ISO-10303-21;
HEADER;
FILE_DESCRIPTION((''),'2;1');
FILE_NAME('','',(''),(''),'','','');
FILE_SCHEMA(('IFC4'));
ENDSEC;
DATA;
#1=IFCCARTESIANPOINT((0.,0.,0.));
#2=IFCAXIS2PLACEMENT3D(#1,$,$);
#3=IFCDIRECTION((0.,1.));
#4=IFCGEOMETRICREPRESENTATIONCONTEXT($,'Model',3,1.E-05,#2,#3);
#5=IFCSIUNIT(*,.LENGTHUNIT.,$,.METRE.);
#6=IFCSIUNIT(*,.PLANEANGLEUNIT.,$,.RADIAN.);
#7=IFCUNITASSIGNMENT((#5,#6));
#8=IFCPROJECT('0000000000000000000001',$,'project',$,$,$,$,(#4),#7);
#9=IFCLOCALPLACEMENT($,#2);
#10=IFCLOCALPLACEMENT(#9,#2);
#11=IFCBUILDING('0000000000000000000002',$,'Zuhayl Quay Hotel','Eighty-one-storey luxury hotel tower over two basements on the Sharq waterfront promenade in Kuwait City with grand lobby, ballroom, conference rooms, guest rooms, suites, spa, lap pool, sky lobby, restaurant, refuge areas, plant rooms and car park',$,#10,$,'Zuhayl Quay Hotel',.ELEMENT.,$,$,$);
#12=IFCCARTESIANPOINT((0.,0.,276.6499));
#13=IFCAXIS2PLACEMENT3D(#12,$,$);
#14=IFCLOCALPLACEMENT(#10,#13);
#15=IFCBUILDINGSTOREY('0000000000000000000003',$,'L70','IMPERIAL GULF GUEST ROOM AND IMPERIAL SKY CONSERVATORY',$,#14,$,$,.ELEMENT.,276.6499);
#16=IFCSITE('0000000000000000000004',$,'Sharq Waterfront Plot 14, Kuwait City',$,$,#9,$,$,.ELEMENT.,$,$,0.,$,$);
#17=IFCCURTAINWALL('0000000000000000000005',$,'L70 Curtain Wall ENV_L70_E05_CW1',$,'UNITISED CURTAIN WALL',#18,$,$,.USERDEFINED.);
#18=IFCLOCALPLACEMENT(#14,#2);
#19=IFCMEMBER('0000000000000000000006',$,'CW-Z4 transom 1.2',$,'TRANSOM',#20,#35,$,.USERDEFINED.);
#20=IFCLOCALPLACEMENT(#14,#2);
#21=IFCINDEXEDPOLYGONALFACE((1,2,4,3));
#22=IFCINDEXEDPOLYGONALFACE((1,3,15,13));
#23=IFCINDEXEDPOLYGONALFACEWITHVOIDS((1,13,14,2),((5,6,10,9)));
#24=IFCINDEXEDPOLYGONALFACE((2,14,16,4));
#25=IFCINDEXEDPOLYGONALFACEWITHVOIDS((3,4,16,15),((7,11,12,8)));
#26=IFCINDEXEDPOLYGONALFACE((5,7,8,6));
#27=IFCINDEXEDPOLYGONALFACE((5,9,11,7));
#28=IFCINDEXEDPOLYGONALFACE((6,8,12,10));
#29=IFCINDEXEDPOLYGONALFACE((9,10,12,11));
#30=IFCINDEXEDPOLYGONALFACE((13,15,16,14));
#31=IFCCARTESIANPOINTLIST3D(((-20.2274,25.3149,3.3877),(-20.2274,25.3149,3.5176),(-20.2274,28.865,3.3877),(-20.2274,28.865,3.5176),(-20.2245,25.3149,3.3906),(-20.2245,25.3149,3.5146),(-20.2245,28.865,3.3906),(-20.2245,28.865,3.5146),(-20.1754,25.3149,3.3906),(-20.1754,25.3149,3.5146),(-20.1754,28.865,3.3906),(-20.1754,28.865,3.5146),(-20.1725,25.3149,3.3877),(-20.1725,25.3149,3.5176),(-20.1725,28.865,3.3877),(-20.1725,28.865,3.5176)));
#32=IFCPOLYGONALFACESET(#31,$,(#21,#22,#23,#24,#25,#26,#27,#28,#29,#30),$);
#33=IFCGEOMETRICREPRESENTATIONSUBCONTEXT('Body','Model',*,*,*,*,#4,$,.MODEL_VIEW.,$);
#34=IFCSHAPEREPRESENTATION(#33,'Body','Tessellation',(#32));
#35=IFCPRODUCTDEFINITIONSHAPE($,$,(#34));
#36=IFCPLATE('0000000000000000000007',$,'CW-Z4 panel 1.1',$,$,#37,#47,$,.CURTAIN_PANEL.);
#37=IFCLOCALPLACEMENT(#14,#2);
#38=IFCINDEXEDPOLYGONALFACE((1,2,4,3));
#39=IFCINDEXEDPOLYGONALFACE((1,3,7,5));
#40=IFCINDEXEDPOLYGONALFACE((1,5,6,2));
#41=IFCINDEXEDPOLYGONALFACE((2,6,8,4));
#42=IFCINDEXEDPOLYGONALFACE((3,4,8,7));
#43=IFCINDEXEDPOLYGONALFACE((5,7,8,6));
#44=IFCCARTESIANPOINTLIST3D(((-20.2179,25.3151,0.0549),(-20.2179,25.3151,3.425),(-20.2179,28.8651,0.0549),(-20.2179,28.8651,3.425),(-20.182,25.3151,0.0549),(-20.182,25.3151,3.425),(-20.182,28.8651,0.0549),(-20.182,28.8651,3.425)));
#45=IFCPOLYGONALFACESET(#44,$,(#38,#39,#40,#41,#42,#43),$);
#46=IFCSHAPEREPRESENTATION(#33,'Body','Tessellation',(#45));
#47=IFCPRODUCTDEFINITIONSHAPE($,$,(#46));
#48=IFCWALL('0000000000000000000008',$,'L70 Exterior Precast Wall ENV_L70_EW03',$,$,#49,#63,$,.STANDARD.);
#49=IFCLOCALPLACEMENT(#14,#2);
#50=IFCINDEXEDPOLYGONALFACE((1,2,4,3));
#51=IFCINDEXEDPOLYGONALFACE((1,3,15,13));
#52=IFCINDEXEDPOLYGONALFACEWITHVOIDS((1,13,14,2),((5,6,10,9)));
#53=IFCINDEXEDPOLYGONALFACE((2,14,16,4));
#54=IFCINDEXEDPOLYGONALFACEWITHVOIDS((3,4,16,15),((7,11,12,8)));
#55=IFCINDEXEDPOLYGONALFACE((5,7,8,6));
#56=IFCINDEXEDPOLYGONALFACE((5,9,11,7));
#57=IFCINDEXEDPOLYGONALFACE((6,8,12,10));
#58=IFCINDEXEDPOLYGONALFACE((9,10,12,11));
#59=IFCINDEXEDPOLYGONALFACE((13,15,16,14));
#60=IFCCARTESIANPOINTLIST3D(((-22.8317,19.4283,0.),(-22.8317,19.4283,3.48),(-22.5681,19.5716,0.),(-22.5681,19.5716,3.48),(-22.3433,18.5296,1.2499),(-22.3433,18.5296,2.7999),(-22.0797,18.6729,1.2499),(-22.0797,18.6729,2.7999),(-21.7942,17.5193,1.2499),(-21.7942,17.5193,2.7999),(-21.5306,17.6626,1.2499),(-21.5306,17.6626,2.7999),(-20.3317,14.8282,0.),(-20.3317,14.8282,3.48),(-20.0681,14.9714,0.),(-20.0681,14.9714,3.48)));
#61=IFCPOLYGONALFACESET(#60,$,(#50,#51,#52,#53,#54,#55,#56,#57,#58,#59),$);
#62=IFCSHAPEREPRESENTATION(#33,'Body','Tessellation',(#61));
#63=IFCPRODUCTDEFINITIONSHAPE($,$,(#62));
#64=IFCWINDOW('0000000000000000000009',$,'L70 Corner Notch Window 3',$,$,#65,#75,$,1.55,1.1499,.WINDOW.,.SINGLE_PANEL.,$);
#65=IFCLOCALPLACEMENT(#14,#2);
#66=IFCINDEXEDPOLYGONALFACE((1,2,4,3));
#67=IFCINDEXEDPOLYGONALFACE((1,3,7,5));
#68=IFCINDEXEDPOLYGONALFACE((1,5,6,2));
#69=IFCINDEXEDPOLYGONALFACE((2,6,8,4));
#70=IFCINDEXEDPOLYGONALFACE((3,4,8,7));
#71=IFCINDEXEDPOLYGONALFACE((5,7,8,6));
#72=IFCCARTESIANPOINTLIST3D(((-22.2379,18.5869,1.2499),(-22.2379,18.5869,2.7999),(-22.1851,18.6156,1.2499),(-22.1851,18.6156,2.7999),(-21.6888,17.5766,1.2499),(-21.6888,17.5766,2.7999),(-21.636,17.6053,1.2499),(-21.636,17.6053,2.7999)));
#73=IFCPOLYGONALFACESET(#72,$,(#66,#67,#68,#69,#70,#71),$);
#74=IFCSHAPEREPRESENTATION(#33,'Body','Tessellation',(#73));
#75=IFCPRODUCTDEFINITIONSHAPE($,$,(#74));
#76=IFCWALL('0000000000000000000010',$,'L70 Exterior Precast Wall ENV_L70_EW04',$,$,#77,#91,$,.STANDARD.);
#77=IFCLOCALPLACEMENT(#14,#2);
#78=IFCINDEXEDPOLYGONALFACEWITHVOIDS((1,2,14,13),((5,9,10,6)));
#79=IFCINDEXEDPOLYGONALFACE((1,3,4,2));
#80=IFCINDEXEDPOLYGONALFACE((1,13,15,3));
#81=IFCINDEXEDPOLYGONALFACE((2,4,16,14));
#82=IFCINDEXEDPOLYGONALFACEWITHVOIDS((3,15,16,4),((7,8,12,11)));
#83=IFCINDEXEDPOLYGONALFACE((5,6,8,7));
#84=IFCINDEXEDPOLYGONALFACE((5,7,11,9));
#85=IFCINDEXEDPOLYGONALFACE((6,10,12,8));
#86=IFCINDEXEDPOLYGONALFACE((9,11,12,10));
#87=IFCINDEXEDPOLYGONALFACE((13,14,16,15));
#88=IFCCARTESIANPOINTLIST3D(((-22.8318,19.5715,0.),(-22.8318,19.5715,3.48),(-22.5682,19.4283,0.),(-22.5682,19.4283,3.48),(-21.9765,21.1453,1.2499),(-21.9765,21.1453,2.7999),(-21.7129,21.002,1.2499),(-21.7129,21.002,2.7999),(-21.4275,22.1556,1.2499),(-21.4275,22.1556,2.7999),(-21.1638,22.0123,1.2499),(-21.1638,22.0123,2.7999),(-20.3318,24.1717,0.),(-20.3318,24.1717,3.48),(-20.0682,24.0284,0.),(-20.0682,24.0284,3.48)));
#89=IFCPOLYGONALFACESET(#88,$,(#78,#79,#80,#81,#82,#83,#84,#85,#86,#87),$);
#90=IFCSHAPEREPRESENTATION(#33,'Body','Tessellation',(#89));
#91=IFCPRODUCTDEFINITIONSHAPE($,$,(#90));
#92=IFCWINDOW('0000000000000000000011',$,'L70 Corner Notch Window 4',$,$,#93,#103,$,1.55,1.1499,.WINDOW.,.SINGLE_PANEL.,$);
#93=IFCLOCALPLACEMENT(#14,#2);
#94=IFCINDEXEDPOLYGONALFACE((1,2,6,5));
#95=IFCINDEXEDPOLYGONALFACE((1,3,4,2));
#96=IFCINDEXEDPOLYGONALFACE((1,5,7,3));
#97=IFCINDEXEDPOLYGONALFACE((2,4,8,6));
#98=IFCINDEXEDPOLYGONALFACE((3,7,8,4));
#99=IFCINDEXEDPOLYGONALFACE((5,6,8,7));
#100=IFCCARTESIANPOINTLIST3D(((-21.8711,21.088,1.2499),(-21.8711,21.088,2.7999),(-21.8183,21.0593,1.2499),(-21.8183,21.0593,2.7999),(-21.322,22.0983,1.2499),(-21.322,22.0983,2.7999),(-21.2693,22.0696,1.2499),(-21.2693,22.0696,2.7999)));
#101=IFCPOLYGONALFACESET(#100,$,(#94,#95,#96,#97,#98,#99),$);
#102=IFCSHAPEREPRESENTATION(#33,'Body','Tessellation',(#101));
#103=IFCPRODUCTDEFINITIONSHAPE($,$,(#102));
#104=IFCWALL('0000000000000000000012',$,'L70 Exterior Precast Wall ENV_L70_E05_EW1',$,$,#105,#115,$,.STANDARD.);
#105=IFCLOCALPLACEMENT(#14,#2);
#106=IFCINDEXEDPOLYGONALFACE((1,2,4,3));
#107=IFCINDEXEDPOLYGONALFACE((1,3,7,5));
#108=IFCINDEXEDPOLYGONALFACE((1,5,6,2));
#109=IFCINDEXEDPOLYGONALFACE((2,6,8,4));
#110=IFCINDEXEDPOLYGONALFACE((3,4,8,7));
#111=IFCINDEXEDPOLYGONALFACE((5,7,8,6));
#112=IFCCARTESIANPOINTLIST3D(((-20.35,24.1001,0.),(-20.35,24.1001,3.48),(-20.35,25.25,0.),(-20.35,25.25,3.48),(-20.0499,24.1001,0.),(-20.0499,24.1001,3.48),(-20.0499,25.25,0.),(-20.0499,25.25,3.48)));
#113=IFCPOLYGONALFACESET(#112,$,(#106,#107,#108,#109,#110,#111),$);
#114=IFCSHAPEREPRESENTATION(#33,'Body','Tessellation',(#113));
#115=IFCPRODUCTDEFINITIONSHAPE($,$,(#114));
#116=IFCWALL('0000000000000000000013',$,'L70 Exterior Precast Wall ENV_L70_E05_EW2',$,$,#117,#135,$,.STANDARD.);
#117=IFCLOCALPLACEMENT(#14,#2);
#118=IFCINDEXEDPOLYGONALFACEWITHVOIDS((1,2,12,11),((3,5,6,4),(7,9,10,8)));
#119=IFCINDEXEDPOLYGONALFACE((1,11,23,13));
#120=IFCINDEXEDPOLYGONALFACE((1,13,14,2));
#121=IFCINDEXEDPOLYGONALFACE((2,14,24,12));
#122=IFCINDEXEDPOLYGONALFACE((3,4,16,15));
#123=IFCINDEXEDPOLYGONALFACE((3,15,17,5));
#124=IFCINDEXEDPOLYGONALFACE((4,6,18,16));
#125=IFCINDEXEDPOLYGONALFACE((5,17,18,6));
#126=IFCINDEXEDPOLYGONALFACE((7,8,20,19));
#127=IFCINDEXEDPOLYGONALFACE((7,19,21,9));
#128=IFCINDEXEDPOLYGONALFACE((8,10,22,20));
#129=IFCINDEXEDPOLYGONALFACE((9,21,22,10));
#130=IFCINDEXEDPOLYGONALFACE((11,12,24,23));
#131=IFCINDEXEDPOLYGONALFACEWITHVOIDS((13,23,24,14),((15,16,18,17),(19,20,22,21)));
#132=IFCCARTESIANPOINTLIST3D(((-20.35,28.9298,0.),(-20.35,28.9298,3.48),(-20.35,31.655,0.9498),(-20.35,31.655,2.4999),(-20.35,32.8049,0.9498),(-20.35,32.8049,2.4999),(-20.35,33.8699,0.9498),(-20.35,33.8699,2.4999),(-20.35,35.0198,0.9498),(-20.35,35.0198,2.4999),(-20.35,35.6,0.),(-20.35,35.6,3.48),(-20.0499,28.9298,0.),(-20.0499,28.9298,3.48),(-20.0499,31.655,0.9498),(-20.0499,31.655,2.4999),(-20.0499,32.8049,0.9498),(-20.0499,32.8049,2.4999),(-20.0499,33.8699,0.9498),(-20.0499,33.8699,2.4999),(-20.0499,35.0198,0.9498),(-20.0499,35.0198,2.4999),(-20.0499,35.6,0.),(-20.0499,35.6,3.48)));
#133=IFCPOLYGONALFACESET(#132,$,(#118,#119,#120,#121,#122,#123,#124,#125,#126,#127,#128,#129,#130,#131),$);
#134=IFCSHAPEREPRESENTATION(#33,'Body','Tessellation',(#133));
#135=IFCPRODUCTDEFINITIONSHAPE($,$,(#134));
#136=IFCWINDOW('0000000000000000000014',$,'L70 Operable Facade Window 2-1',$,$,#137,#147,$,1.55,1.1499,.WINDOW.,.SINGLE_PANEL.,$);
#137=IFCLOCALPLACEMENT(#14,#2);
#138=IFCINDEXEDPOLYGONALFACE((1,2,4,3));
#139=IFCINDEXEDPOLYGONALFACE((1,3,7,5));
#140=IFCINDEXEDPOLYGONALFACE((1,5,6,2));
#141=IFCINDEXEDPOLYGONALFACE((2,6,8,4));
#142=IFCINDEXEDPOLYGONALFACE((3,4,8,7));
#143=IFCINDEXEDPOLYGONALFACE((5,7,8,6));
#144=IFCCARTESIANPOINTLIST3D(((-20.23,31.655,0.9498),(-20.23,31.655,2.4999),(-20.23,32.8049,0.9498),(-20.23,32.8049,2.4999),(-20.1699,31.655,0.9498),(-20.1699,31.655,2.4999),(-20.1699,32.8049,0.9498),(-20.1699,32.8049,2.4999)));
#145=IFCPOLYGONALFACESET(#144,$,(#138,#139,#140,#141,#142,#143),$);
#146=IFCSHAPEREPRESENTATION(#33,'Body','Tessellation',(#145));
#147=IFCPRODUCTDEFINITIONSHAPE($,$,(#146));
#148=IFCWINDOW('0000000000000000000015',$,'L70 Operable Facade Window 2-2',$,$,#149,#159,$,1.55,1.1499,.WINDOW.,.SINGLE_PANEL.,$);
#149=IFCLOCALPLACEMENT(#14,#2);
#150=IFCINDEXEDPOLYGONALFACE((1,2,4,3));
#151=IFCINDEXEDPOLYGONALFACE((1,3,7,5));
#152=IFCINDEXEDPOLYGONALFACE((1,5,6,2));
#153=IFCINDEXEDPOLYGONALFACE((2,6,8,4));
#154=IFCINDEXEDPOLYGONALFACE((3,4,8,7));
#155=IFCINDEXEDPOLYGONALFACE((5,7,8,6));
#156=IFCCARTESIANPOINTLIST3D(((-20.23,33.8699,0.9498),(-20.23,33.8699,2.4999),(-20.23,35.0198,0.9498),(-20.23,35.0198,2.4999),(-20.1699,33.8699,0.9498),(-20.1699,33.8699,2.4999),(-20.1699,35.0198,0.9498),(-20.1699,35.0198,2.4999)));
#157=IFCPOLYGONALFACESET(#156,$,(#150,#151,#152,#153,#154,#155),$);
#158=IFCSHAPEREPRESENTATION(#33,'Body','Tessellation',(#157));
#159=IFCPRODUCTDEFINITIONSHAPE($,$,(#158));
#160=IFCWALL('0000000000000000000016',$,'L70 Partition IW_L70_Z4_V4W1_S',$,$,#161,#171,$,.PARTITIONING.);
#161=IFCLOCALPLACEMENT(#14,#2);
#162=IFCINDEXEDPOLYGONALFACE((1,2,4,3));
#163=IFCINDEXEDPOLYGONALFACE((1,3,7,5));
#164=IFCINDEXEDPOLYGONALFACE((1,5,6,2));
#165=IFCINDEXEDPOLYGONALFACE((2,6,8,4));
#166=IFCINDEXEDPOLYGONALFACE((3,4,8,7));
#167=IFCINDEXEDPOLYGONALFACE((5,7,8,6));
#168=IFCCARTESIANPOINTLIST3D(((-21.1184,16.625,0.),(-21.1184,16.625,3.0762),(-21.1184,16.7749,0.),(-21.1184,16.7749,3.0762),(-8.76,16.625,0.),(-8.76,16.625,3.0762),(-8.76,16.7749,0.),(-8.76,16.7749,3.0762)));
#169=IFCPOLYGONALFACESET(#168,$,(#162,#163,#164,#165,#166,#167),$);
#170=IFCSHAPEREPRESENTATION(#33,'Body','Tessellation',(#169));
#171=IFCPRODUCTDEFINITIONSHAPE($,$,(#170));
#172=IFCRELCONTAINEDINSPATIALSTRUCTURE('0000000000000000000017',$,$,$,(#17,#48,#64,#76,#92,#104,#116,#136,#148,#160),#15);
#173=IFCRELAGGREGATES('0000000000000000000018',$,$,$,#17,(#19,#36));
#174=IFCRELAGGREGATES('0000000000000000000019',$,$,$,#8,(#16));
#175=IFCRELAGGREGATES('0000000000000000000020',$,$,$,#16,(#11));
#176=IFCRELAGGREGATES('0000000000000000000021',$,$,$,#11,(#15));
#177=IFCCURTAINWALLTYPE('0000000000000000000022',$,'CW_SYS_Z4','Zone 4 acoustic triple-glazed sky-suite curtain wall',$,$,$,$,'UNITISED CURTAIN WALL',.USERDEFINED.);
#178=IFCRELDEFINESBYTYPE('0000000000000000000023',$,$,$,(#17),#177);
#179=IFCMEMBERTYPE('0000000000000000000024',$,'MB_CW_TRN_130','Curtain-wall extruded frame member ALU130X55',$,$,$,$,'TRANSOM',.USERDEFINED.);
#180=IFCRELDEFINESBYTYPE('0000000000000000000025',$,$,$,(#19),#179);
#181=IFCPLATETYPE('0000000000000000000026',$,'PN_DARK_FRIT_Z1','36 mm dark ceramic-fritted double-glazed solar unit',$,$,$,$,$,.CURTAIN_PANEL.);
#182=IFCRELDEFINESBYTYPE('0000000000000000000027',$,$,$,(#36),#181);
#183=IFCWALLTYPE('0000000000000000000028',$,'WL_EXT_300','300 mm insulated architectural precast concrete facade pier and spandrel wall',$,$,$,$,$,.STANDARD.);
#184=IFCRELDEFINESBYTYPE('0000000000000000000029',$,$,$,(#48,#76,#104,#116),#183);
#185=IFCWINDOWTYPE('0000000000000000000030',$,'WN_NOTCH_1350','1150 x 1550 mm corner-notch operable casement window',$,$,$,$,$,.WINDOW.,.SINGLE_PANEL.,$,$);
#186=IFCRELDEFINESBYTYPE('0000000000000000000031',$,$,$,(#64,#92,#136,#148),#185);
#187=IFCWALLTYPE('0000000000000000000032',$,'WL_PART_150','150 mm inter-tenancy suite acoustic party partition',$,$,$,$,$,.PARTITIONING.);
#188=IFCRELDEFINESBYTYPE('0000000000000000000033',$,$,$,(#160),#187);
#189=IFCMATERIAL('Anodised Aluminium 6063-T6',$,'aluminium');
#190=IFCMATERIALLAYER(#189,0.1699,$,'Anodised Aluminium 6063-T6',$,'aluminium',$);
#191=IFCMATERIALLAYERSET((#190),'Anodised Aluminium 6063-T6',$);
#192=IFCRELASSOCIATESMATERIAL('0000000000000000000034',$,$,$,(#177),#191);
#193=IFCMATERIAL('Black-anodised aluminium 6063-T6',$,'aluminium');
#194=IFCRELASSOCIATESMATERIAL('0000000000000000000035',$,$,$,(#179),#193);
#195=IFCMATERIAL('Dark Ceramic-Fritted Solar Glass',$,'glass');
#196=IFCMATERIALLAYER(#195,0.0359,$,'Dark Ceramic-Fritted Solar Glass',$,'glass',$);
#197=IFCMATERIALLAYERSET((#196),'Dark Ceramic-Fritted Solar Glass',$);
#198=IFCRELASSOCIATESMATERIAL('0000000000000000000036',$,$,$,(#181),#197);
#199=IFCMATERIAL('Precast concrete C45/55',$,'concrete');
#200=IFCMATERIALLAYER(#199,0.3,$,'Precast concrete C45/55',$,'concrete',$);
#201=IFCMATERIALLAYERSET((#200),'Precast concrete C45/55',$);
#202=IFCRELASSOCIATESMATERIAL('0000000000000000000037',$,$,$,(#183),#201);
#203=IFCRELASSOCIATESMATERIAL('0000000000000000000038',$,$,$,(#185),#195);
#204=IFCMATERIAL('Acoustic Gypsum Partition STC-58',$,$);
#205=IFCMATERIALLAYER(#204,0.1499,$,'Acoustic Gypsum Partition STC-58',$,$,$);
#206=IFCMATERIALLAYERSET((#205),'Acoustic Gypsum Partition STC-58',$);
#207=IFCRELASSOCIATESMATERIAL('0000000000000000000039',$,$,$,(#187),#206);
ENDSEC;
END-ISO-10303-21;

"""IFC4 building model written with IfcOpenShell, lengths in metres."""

from ifc_helpers import new_model, si_unit, direction, frame, frame_2d, origin, origin_2d, place, context, subcontext, project, spatial, rectangle, hollow_rectangle, extrude, material, layer, layer_set, material_profile, profile_set, type_object, element, fill, aggregate, save


model = new_model("IFC4")

# Units and contexts
model_context = context("Model", 3, precision=1e-05, world=origin(), true_north=direction((0.0, 1.0)))
body_context = subcontext(model_context, "Body", "Model", "MODEL_VIEW")
ifc_project = project(units=[si_unit("LENGTHUNIT", "METRE"), si_unit("PLANEANGLEUNIT", "RADIAN")], contexts=[model_context])

# Site, building, storey
site_placement = place(None, origin())
site = spatial("IfcSite", under=ifc_project, at=site_placement, Name="Sharq Waterfront Plot 14, Kuwait City", CompositionType="ELEMENT", RefElevation=0.0)
building_placement = place(site_placement, origin())
building = spatial("IfcBuilding", under=site, at=building_placement, Name="Zuhayl Quay Hotel", Description="Eighty-one-storey luxury hotel tower over two basements on the Sharq waterfront promenade in Kuwait City with grand lobby, ballroom, conference rooms, guest rooms, suites, spa, lap pool, sky lobby, restaurant, refuge areas, plant rooms and car park", LongName="Zuhayl Quay Hotel", CompositionType="ELEMENT")
storey_placement = place(building_placement, frame((0.0, 0.0, 276.6499)))
storey = spatial("IfcBuildingStorey", under=building, at=storey_placement, Name="L70", Description="IMPERIAL GULF GUEST ROOM AND IMPERIAL SKY CONSERVATORY", CompositionType="ELEMENT", Elevation=276.6499)

# Curtain wall, member, plate
ifc_material_1 = material(Name="Anodised Aluminium 6063-T6", Category="aluminium")
ifc_layer_1 = layer(ifc_material_1, 0.1699, Name="Anodised Aluminium 6063-T6", Category="aluminium")
ifc_layer_set_1 = layer_set([ifc_layer_1], Name="Anodised Aluminium 6063-T6")
curtain_wall_type = type_object("IfcCurtainWallType", Name="CW_SYS_Z4", Description="Zone 4 acoustic triple-glazed sky-suite curtain wall", ElementType="UNITISED CURTAIN WALL", PredefinedType="USERDEFINED", material=ifc_layer_set_1)
curtain_wall_placement = place(storey_placement, origin())
curtain_wall = element("IfcCurtainWall", 1, at=curtain_wall_placement, inside=storey, type_object=curtain_wall_type, Name="L70 Curtain Wall ENV_L70_E05_CW1", ObjectType="UNITISED CURTAIN WALL", PredefinedType="USERDEFINED")
ifc_material_2 = material(Name="Black-anodised aluminium 6063-T6", Category="aluminium")
ifc_material_profile_1 = material_profile(ifc_material_2, hollow_rectangle(XDim=0.0549, YDim=0.1299, WallThickness=0.0029, at=origin_2d()), Name="ALU130X55")
ifc_profile_set_1 = profile_set([ifc_material_profile_1], Name="Black-anodised aluminium 6063-T6")
member_type_1 = type_object("IfcMemberType", Name="MB_CW_TRN_130", Description="Curtain-wall extruded frame member ALU130X55", ElementType="TRANSOM", PredefinedType="USERDEFINED", material=ifc_profile_set_1)
member_1_placement = place(storey_placement, frame((-20.2, 25.3149, 3.4526), z_axis=(0.0, 1.0, 0.0), x_axis=(-1.0, 0.0, 0.0)))
member_1 = element("IfcMember", 2, at=member_1_placement, type_object=member_type_1, Name="CW-Z4 transom 1.2", ObjectType="TRANSOM", PredefinedType="USERDEFINED", context=body_context, shape_type="SweptSolid", body=[
    extrude(hollow_rectangle(XDim=0.0549, YDim=0.1299, WallThickness=0.0029, at=origin_2d()), origin(), (0.0, 0.0, 1.0), 3.55),
])
ifc_material_3 = material(Name="Dark Ceramic-Fritted Solar Glass", Category="glass")
ifc_layer_2 = layer(ifc_material_3, 0.0359, Name="Dark Ceramic-Fritted Solar Glass", Category="glass")
ifc_layer_set_2 = layer_set([ifc_layer_2], Name="Dark Ceramic-Fritted Solar Glass")
plate_type = type_object("IfcPlateType", Name="PN_DARK_FRIT_Z1", Description="36 mm dark ceramic-fritted double-glazed solar unit", PredefinedType="CURTAIN_PANEL", material=ifc_layer_set_2)
plate_placement = place(storey_placement, frame((-20.2, 27.0901, 0.0549), z_axis=(0.0, 0.0, 1.0), x_axis=(0.0, 1.0, 0.0)))
plate = element("IfcPlate", 3, at=plate_placement, type_object=plate_type, Name="CW-Z4 panel 1.1", PredefinedType="CURTAIN_PANEL", context=body_context, shape_type="SweptSolid", body=[
    extrude(rectangle(XDim=3.55, YDim=0.0359, at=origin_2d()), origin(), (0.0, 0.0, 1.0), 3.3701),
])
aggregate(curtain_wall, [member_1, plate])

# Walls, openings, windows
ifc_material_4 = material(Name="Precast concrete C45/55", Category="concrete")
ifc_layer_3 = layer(ifc_material_4, 0.3, Name="Precast concrete C45/55", Category="concrete")
ifc_layer_set_3 = layer_set([ifc_layer_3], Name="Precast concrete C45/55")
wall_type_1 = type_object("IfcWallType", Name="WL_EXT_300", Description="300 mm insulated architectural precast concrete facade pier and spandrel wall", PredefinedType="STANDARD", material=ifc_layer_set_3)
wall_1_placement = place(storey_placement, frame((-20.2, 14.8999, 0.0), z_axis=(0.0, 0.0, 1.0), x_axis=(-0.477505, 0.878629, 0.0)))
wall_1 = element("IfcWall", 4, at=wall_1_placement, inside=storey, type_object=wall_type_1, Name="L70 Exterior Precast Wall ENV_L70_EW03", PredefinedType="STANDARD", context=body_context, shape_type="SweptSolid", body=[
    extrude(rectangle(XDim=5.2356, YDim=0.3, at=frame_2d((2.6177, 0.0))), origin(), (0.0, 0.0, 1.0), 3.48),
])
opening_1_placement = place(wall_1_placement, frame((3.0627, 0.0, 1.25)))
opening_1 = element("IfcOpeningElement", 5, at=opening_1_placement, cuts=wall_1, PredefinedType="OPENING", context=body_context, shape_type="SweptSolid", body=[
    extrude(rectangle(XDim=1.1499, YDim=1.55, at=frame_2d((0.575, 0.7749))), frame((0.0, 0.1599, 0.0), z_axis=(0.0, -1.0, 0.0), x_axis=(1.0, 0.0, 0.0)), (0.0, 0.0, 1.0), 0.3201),
])
window_type = type_object("IfcWindowType", Name="WN_NOTCH_1350", Description="1150 x 1550 mm corner-notch operable casement window", PartitioningType="SINGLE_PANEL", PredefinedType="WINDOW", material=ifc_material_3)
window_1_placement = place(opening_1_placement, origin())
window_1 = element("IfcWindow", 6, at=window_1_placement, inside=storey, type_object=window_type, Name="L70 Corner Notch Window 3", OverallHeight=1.55, OverallWidth=1.1499, PartitioningType="SINGLE_PANEL", PredefinedType="WINDOW", context=body_context, shape_type="SweptSolid", body=[
    extrude(rectangle(XDim=1.1499, YDim=1.55, at=frame_2d((0.575, 0.7749))), frame((0.0, 0.03, 0.0), z_axis=(0.0, -1.0, 0.0), x_axis=(1.0, 0.0, 0.0)), (0.0, 0.0, 1.0), 0.0601),
])
fill(opening_1, window_1)
wall_2_placement = place(storey_placement, frame((-22.7, 19.5, 0.0), z_axis=(0.0, 0.0, 1.0), x_axis=(0.477505, 0.878629, 0.0)))
wall_2 = element("IfcWall", 7, at=wall_2_placement, inside=storey, type_object=wall_type_1, Name="L70 Exterior Precast Wall ENV_L70_EW04", PredefinedType="STANDARD", context=body_context, shape_type="SweptSolid", body=[
    extrude(rectangle(XDim=5.2356, YDim=0.3, at=frame_2d((2.6177, 0.0))), origin(), (0.0, 0.0, 1.0), 3.48),
])
opening_2_placement = place(wall_2_placement, frame((1.791, 0.0, 1.25)))
opening_2 = element("IfcOpeningElement", 8, at=opening_2_placement, cuts=wall_2, PredefinedType="OPENING", context=body_context, shape_type="SweptSolid", body=[
    extrude(rectangle(XDim=1.1499, YDim=1.55, at=frame_2d((0.575, 0.7749))), frame((0.0, 0.1599, 0.0), z_axis=(0.0, -1.0, 0.0), x_axis=(1.0, 0.0, 0.0)), (0.0, 0.0, 1.0), 0.3201),
])
window_2_placement = place(opening_2_placement, origin())
window_2 = element("IfcWindow", 9, at=window_2_placement, inside=storey, type_object=window_type, Name="L70 Corner Notch Window 4", OverallHeight=1.55, OverallWidth=1.1499, PartitioningType="SINGLE_PANEL", PredefinedType="WINDOW", context=body_context, shape_type="SweptSolid", body=[
    extrude(rectangle(XDim=1.1499, YDim=1.55, at=frame_2d((0.575, 0.7749))), frame((0.0, 0.03, 0.0), z_axis=(0.0, -1.0, 0.0), x_axis=(1.0, 0.0, 0.0)), (0.0, 0.0, 1.0), 0.0601),
])
fill(opening_2, window_2)

# Wall
wall_3_placement = place(storey_placement, frame((-20.2, 24.1001, 0.0), z_axis=(0.0, 0.0, 1.0), x_axis=(0.0, 1.0, 0.0)))
element("IfcWall", 10, at=wall_3_placement, inside=storey, type_object=wall_type_1, Name="L70 Exterior Precast Wall ENV_L70_E05_EW1", PredefinedType="STANDARD", context=body_context, shape_type="SweptSolid", body=[
    extrude(rectangle(XDim=1.1499, YDim=0.3, at=frame_2d((0.575, 0.0))), origin(), (0.0, 0.0, 1.0), 3.48),
])

# Wall, openings, windows
wall_4_placement = place(storey_placement, frame((-20.2, 28.9299, 0.0), z_axis=(0.0, 0.0, 1.0), x_axis=(0.0, 1.0, 0.0)))
wall_4 = element("IfcWall", 11, at=wall_4_placement, inside=storey, type_object=wall_type_1, Name="L70 Exterior Precast Wall ENV_L70_E05_EW2", PredefinedType="STANDARD", context=body_context, shape_type="SweptSolid", body=[
    extrude(rectangle(XDim=6.6702, YDim=0.3, at=frame_2d((3.335, 0.0))), origin(), (0.0, 0.0, 1.0), 3.48),
])
opening_3_placement = place(wall_4_placement, frame((2.7251, 0.0, 0.95)))
opening_3 = element("IfcOpeningElement", 12, at=opening_3_placement, cuts=wall_4, PredefinedType="OPENING", context=body_context, shape_type="SweptSolid", body=[
    extrude(rectangle(XDim=1.1499, YDim=1.55, at=frame_2d((0.575, 0.7749))), frame((0.0, 0.1599, 0.0), z_axis=(0.0, -1.0, 0.0), x_axis=(1.0, 0.0, 0.0)), (0.0, 0.0, 1.0), 0.3201),
])
opening_4_placement = place(wall_4_placement, frame((4.9399, 0.0, 0.95)))
opening_4 = element("IfcOpeningElement", 13, at=opening_4_placement, cuts=wall_4, PredefinedType="OPENING", context=body_context, shape_type="SweptSolid", body=[
    extrude(rectangle(XDim=1.1499, YDim=1.55, at=frame_2d((0.575, 0.7749))), frame((0.0, 0.1599, 0.0), z_axis=(0.0, -1.0, 0.0), x_axis=(1.0, 0.0, 0.0)), (0.0, 0.0, 1.0), 0.3201),
])
window_3_placement = place(opening_3_placement, origin())
window_3 = element("IfcWindow", 14, at=window_3_placement, inside=storey, type_object=window_type, Name="L70 Operable Facade Window 2-1", OverallHeight=1.55, OverallWidth=1.1499, PartitioningType="SINGLE_PANEL", PredefinedType="WINDOW", context=body_context, shape_type="SweptSolid", body=[
    extrude(rectangle(XDim=1.1499, YDim=1.55, at=frame_2d((0.575, 0.7749))), frame((0.0, 0.03, 0.0), z_axis=(0.0, -1.0, 0.0), x_axis=(1.0, 0.0, 0.0)), (0.0, 0.0, 1.0), 0.0601),
])
fill(opening_3, window_3)
window_4_placement = place(opening_4_placement, origin())
window_4 = element("IfcWindow", 15, at=window_4_placement, inside=storey, type_object=window_type, Name="L70 Operable Facade Window 2-2", OverallHeight=1.55, OverallWidth=1.1499, PartitioningType="SINGLE_PANEL", PredefinedType="WINDOW", context=body_context, shape_type="SweptSolid", body=[
    extrude(rectangle(XDim=1.1499, YDim=1.55, at=frame_2d((0.575, 0.7749))), frame((0.0, 0.03, 0.0), z_axis=(0.0, -1.0, 0.0), x_axis=(1.0, 0.0, 0.0)), (0.0, 0.0, 1.0), 0.0601),
])
fill(opening_4, window_4)

# Wall
ifc_material_5 = material(Name="Acoustic Gypsum Partition STC-58")
ifc_layer_4 = layer(ifc_material_5, 0.1499, Name="Acoustic Gypsum Partition STC-58")
ifc_layer_set_4 = layer_set([ifc_layer_4], Name="Acoustic Gypsum Partition STC-58")
wall_type_2 = type_object("IfcWallType", Name="WL_PART_150", Description="150 mm inter-tenancy suite acoustic party partition", PredefinedType="PARTITIONING", material=ifc_layer_set_4)
wall_5_placement = place(storey_placement, frame((-21.1184, 16.7, 0.0), z_axis=(0.0, 0.0, 1.0), x_axis=(1.0, 0.0, 0.0)))
element("IfcWall", 16, at=wall_5_placement, inside=storey, type_object=wall_type_2, Name="L70 Partition IW_L70_Z4_V4W1_S", PredefinedType="PARTITIONING", context=body_context, shape_type="SweptSolid", body=[
    extrude(rectangle(XDim=12.3584, YDim=0.1499, at=frame_2d((6.1792, 0.0))), origin(), (0.0, 0.0, 1.0), 3.0762),
])

save(model, "model.ifc")
